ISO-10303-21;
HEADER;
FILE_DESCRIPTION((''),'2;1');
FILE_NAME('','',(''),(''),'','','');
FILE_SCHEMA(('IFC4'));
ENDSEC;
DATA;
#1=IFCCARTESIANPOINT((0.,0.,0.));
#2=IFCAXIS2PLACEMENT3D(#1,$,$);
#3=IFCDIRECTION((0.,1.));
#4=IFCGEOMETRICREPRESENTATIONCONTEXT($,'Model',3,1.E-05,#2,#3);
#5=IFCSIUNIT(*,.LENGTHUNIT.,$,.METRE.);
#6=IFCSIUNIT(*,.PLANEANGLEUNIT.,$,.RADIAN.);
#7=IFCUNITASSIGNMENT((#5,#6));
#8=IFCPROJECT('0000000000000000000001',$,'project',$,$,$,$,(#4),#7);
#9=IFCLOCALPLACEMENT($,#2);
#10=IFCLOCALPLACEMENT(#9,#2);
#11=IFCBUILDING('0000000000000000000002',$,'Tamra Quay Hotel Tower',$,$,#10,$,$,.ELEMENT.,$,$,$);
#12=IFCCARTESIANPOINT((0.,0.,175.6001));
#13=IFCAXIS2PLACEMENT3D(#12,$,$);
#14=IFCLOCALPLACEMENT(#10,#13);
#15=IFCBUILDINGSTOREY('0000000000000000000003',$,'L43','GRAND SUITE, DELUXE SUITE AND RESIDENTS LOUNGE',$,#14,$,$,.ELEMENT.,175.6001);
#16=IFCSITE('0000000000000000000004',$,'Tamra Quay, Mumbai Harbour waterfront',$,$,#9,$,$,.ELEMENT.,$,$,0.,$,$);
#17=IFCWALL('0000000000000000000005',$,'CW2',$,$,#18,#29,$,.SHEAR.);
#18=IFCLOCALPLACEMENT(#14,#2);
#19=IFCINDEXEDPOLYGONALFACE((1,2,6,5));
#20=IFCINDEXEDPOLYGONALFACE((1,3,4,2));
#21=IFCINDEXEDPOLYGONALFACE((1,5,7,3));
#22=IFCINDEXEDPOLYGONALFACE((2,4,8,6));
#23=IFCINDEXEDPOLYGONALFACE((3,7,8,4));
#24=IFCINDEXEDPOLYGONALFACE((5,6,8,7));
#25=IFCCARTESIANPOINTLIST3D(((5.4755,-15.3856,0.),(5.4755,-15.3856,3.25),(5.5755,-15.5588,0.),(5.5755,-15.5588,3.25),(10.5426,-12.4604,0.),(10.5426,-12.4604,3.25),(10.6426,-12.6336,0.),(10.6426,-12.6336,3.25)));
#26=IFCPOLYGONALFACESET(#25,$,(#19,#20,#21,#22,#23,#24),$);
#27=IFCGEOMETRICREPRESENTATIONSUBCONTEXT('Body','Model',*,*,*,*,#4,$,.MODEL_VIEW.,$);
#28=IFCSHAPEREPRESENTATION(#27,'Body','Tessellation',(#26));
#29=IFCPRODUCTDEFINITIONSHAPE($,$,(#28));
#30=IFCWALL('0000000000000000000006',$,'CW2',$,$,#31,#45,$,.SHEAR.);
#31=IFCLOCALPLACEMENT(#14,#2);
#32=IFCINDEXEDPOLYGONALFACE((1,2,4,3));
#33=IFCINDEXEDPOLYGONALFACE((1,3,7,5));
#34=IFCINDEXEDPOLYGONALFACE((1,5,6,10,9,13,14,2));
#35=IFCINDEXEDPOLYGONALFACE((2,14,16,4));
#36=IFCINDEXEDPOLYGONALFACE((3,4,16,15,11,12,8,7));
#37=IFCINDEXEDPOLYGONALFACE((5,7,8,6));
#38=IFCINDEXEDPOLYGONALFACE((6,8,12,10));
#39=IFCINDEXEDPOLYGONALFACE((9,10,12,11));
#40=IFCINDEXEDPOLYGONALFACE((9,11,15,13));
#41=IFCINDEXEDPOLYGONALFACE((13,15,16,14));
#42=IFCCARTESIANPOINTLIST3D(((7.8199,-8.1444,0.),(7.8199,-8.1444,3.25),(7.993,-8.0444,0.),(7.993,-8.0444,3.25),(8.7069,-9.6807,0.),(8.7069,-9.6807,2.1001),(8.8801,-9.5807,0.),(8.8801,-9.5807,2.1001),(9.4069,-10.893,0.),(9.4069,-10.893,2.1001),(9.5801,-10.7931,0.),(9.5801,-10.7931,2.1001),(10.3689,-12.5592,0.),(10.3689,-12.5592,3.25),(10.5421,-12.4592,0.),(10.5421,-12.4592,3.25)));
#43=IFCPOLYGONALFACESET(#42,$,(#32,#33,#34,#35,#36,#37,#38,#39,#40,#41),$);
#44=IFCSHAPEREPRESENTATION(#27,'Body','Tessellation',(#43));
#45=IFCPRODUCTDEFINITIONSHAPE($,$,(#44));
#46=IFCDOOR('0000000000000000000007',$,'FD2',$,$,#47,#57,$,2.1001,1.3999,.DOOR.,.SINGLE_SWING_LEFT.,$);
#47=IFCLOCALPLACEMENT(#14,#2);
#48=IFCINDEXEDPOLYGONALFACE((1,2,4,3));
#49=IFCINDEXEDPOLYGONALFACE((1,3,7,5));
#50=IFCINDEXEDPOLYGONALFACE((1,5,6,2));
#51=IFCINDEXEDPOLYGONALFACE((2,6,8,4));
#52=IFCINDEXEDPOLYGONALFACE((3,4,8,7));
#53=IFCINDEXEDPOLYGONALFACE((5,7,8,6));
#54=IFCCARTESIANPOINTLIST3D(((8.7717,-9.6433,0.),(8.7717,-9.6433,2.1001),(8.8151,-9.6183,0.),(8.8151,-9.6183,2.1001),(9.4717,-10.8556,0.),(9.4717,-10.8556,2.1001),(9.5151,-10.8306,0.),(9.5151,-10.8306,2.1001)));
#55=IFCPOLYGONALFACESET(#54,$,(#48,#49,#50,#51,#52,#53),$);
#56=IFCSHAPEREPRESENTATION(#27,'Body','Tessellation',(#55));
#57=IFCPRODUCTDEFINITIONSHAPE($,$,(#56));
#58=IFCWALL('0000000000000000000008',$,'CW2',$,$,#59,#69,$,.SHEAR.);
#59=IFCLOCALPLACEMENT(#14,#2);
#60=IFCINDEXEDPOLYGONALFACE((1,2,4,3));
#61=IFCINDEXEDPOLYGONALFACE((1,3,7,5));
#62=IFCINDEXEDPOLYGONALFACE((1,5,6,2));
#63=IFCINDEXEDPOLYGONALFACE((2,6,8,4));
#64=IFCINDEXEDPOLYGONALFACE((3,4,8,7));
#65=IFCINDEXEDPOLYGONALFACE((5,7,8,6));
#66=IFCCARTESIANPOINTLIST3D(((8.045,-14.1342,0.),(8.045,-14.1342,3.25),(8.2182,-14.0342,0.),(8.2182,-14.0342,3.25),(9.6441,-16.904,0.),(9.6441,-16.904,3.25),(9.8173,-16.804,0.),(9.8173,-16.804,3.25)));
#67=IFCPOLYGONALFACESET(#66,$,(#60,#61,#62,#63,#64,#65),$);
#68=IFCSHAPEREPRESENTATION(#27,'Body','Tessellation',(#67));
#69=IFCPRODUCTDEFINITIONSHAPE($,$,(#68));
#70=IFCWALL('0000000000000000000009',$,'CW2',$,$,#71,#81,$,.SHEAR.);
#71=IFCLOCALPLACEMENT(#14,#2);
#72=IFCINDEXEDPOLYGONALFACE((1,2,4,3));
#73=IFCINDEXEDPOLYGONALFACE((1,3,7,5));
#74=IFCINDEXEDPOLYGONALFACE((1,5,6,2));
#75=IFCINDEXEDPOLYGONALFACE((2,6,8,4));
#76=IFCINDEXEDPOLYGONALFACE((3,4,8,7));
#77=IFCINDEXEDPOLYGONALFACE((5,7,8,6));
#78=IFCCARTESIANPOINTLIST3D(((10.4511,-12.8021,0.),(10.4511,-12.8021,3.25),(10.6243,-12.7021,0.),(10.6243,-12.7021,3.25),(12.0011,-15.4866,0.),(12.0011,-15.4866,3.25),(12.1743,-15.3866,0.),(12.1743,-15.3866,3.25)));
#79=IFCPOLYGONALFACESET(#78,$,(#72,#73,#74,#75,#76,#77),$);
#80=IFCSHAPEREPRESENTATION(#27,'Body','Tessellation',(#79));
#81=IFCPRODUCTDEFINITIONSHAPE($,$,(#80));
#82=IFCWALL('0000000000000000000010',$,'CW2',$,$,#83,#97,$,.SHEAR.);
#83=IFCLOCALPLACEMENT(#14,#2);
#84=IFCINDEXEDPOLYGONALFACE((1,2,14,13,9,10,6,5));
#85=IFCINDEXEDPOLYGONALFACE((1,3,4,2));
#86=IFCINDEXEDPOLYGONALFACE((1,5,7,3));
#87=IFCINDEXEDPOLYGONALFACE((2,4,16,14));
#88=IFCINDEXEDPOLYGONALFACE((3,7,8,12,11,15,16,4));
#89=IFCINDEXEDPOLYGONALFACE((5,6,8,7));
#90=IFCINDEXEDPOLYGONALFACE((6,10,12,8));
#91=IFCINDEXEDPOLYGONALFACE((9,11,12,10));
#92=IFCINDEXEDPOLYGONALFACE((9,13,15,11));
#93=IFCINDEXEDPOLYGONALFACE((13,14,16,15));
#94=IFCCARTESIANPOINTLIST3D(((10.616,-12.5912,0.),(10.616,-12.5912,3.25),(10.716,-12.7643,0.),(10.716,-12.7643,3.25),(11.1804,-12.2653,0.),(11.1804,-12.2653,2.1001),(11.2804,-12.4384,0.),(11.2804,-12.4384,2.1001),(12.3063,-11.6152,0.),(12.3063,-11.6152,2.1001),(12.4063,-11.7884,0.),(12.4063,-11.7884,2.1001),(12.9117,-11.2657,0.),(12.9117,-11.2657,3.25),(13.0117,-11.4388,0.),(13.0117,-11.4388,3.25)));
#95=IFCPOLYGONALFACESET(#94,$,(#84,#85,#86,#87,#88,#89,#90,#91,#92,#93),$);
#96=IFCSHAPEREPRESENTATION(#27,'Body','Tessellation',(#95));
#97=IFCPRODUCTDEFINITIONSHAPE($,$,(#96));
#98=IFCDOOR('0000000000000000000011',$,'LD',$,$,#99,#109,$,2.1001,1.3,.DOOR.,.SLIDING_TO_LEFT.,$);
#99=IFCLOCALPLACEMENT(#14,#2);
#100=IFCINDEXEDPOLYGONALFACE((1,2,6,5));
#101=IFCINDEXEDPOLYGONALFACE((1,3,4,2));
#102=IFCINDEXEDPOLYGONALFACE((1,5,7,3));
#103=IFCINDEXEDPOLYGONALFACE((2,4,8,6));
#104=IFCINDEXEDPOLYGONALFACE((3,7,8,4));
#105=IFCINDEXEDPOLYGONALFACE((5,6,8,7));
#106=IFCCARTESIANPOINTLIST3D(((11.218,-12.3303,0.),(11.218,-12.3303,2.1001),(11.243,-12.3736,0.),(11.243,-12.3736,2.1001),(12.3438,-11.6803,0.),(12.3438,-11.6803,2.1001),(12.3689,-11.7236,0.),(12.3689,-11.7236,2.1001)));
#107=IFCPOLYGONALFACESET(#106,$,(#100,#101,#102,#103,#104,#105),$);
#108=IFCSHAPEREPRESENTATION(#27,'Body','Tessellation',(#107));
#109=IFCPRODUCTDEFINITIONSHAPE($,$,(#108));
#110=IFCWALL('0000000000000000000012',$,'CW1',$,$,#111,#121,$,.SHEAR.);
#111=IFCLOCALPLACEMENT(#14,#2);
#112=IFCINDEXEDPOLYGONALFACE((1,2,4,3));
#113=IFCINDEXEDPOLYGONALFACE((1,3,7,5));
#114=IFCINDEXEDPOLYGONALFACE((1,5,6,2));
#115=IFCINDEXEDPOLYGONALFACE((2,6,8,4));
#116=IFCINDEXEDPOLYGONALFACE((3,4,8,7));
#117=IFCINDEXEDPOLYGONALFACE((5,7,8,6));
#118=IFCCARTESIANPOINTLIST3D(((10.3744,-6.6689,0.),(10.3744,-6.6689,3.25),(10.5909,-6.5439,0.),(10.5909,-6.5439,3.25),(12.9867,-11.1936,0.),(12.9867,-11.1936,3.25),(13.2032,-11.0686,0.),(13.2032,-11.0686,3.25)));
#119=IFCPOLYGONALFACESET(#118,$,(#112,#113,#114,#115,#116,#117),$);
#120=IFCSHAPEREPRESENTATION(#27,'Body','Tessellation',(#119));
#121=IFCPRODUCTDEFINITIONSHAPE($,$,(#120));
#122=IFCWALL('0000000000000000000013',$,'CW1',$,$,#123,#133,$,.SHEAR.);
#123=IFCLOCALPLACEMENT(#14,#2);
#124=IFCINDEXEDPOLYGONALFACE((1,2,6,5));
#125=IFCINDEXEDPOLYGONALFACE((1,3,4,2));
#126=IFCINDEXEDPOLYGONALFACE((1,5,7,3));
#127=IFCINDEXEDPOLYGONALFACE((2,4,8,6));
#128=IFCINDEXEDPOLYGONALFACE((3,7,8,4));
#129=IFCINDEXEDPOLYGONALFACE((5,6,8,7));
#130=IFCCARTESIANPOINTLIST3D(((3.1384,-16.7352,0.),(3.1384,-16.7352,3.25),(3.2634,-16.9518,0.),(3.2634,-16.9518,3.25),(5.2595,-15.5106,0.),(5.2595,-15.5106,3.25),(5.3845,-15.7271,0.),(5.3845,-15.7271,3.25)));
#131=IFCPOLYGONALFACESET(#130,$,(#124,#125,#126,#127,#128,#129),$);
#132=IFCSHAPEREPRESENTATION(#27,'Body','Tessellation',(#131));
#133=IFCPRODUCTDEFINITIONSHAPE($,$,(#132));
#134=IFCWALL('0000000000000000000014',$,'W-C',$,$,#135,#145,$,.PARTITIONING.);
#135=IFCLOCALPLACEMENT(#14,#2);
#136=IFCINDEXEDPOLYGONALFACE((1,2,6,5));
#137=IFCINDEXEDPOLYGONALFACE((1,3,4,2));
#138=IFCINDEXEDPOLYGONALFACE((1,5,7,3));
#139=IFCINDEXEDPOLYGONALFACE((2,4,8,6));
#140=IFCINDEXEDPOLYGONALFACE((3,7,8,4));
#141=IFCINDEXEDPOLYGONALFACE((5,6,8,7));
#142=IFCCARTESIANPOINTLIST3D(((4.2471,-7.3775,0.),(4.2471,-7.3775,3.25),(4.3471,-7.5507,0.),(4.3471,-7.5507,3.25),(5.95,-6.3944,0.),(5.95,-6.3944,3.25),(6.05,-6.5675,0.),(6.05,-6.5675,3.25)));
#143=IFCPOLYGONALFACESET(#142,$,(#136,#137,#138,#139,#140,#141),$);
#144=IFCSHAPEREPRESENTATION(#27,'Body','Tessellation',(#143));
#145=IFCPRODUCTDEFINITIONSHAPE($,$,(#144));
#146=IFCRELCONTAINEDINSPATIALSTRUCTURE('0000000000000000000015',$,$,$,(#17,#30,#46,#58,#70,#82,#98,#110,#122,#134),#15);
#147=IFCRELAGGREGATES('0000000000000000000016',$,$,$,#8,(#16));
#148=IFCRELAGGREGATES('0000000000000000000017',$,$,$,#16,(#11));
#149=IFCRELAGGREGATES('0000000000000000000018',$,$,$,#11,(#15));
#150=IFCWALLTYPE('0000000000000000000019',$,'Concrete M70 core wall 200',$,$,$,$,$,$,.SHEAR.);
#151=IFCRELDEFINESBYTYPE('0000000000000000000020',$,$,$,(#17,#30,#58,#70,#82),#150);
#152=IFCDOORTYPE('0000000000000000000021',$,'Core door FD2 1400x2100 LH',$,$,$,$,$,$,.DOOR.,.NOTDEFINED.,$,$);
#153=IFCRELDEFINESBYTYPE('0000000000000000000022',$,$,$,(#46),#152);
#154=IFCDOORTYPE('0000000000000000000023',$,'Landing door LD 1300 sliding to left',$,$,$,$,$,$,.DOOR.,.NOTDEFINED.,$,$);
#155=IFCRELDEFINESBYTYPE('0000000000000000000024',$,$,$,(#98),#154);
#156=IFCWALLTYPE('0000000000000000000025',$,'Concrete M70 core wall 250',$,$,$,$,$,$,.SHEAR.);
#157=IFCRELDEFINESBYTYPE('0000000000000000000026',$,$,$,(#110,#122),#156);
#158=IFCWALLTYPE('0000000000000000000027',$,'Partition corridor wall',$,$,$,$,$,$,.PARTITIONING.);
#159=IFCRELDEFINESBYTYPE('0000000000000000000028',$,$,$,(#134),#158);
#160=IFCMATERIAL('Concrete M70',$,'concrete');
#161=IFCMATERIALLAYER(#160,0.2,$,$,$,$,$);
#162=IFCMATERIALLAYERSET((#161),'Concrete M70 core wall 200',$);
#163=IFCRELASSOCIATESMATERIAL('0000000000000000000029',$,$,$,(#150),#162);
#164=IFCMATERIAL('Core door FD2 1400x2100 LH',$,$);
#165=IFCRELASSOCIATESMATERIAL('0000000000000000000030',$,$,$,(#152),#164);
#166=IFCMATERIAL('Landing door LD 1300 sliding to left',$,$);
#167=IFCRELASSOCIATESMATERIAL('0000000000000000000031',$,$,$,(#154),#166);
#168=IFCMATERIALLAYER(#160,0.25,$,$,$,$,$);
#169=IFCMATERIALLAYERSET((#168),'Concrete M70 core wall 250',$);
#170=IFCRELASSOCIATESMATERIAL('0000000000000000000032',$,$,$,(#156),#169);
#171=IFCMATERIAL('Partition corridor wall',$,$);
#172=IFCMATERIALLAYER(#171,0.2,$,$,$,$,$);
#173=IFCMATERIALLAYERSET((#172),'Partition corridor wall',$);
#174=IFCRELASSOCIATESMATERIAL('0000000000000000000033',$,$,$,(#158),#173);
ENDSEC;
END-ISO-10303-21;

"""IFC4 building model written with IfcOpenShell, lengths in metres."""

from ifc_helpers import new_model, si_unit, direction, frame, frame_2d, origin, place, context, subcontext, project, spatial, rectangle, extrude, material, layer, layer_set, type_object, element, fill, save


model = new_model("IFC4")

# Units and contexts
model_context = context("Model", 3, precision=1e-05, world=origin(), true_north=direction((0.0, 1.0)))
body_context = subcontext(model_context, "Body", "Model", "MODEL_VIEW")
ifc_project = project(units=[si_unit("LENGTHUNIT", "METRE"), si_unit("PLANEANGLEUNIT", "RADIAN")], contexts=[model_context])

# Site, building, storey
site_placement = place(None, origin())
site = spatial("IfcSite", under=ifc_project, at=site_placement, Name="Tamra Quay, Mumbai Harbour waterfront", CompositionType="ELEMENT", RefElevation=0.0)
building_placement = place(site_placement, origin())
building = spatial("IfcBuilding", under=site, at=building_placement, Name="Tamra Quay Hotel Tower", CompositionType="ELEMENT")
storey_placement = place(building_placement, frame((0.0, 0.0, 175.6001)))
storey = spatial("IfcBuildingStorey", under=building, at=storey_placement, Name="L43", Description="GRAND SUITE, DELUXE SUITE AND RESIDENTS LOUNGE", CompositionType="ELEMENT", Elevation=175.6001)

# Wall
ifc_material_1 = material(Name="Concrete M70", Category="concrete")
ifc_layer_1 = layer(ifc_material_1, 0.2)
ifc_layer_set_1 = layer_set([ifc_layer_1], Name="Concrete M70 core wall 200")
wall_type_1 = type_object("IfcWallType", Name="Concrete M70 core wall 200", PredefinedType="SHEAR", material=ifc_layer_set_1)
wall_1_placement = place(storey_placement, frame((5.5256, -15.4722, 0.0), z_axis=(0.0, 0.0, 1.0), x_axis=(0.866042, 0.499972, 0.0)))
element("IfcWall", 1, at=wall_1_placement, inside=storey, type_object=wall_type_1, Name="CW2", PredefinedType="SHEAR", context=body_context, shape_type="SweptSolid", body=[
    extrude(rectangle(XDim=5.8508, YDim=0.2, at=frame_2d((2.9253, 0.0))), origin(), (0.0, 0.0, 1.0), 3.25),
])

# Wall, opening, door
wall_2_placement = place(storey_placement, frame((7.9065, -8.0945, 0.0), z_axis=(0.0, 0.0, 1.0), x_axis=(0.500028, -0.866009, 0.0)))
wall_2 = element("IfcWall", 2, at=wall_2_placement, inside=storey, type_object=wall_type_1, Name="CW2", PredefinedType="SHEAR", context=body_context, shape_type="SweptSolid", body=[
    extrude(rectangle(XDim=5.0979, YDim=0.2, at=frame_2d((2.5488, 0.0))), origin(), (0.0, 0.0, 1.0), 3.25),
])
opening_1_placement = place(wall_2_placement, frame((1.7739, 0.0, 0.0)))
opening_1 = element("IfcOpeningElement", 3, at=opening_1_placement, cuts=wall_2, PredefinedType="OPENING", context=body_context, shape_type="SweptSolid", body=[
    extrude(rectangle(XDim=1.3999, YDim=2.1001, at=frame_2d((0.7, 1.05))), frame((0.0, 0.1099, 0.0), z_axis=(0.0, -1.0, 0.0), x_axis=(1.0, 0.0, 0.0)), (0.0, 0.0, 1.0), 0.22),
])
ifc_material_2 = material(Name="Core door FD2 1400x2100 LH")
door_type_1 = type_object("IfcDoorType", Name="Core door FD2 1400x2100 LH", OperationType="NOTDEFINED", PredefinedType="DOOR", material=ifc_material_2)
door_1_placement = place(opening_1_placement, origin())
door_1 = element("IfcDoor", 4, at=door_1_placement, inside=storey, type_object=door_type_1, Name="FD2", OperationType="SINGLE_SWING_LEFT", OverallHeight=2.1001, OverallWidth=1.3999, PredefinedType="DOOR", context=body_context, shape_type="SweptSolid", body=[
    extrude(rectangle(XDim=1.3999, YDim=2.1001, at=frame_2d((0.7, 1.05))), frame((0.0, 0.0249, 0.0), z_axis=(0.0, -1.0, 0.0), x_axis=(1.0, 0.0, 0.0)), (0.0, 0.0, 1.0), 0.05),
])
fill(opening_1, door_1)

# Walls
wall_3_placement = place(storey_placement, frame((8.1316, -14.0842, 0.0), z_axis=(0.0, 0.0, 1.0), x_axis=(0.499998, -0.866027, 0.0)))
element("IfcWall", 5, at=wall_3_placement, inside=storey, type_object=wall_type_1, Name="CW2", PredefinedType="SHEAR", context=body_context, shape_type="SweptSolid", body=[
    extrude(rectangle(XDim=3.1982, YDim=0.2, at=frame_2d((1.5991, 0.0))), origin(), (0.0, 0.0, 1.0), 3.25),
])
wall_4_placement = place(storey_placement, frame((12.0876, -15.4365, 0.0), z_axis=(0.0, 0.0, 1.0), x_axis=(-0.500027, 0.86601, 0.0)))
element("IfcWall", 6, at=wall_4_placement, inside=storey, type_object=wall_type_1, Name="CW2", PredefinedType="SHEAR", context=body_context, shape_type="SweptSolid", body=[
    extrude(rectangle(XDim=3.0999, YDim=0.2, at=frame_2d((1.5498, 0.0))), origin(), (0.0, 0.0, 1.0), 3.25),
])

# Wall, opening, door
wall_5_placement = place(storey_placement, frame((10.666, -12.6777, 0.0), z_axis=(0.0, 0.0, 1.0), x_axis=(0.866018, 0.500012, 0.0)))
wall_5 = element("IfcWall", 7, at=wall_5_placement, inside=storey, type_object=wall_type_1, Name="CW2", PredefinedType="SHEAR", context=body_context, shape_type="SweptSolid", body=[
    extrude(rectangle(XDim=2.6509, YDim=0.2, at=frame_2d((1.3254, 0.0))), origin(), (0.0, 0.0, 1.0), 3.25),
])
opening_2_placement = place(wall_5_placement, frame((0.6519, 0.0, 0.0)))
opening_2 = element("IfcOpeningElement", 8, at=opening_2_placement, cuts=wall_5, PredefinedType="OPENING", context=body_context, shape_type="SweptSolid", body=[
    extrude(rectangle(XDim=1.3, YDim=2.1001, at=frame_2d((0.6499, 1.05))), frame((0.0, 0.1099, 0.0), z_axis=(0.0, -1.0, 0.0), x_axis=(1.0, 0.0, 0.0)), (0.0, 0.0, 1.0), 0.22),
])
ifc_material_3 = material(Name="Landing door LD 1300 sliding to left")
door_type_2 = type_object("IfcDoorType", Name="Landing door LD 1300 sliding to left", OperationType="NOTDEFINED", PredefinedType="DOOR", material=ifc_material_3)
door_2_placement = place(opening_2_placement, origin())
door_2 = element("IfcDoor", 9, at=door_2_placement, inside=storey, type_object=door_type_2, Name="LD", OperationType="SLIDING_TO_LEFT", OverallHeight=2.1001, OverallWidth=1.3, PredefinedType="DOOR", context=body_context, shape_type="SweptSolid", body=[
    extrude(rectangle(XDim=1.3, YDim=2.1001, at=frame_2d((0.6499, 1.05))), frame((0.0, 0.0249, 0.0), z_axis=(0.0, -1.0, 0.0), x_axis=(1.0, 0.0, 0.0)), (0.0, 0.0, 1.0), 0.05),
])
fill(opening_2, door_2)

# Walls
ifc_layer_2 = layer(ifc_material_1, 0.25)
ifc_layer_set_2 = layer_set([ifc_layer_2], Name="Concrete M70 core wall 250")
wall_type_2 = type_object("IfcWallType", Name="Concrete M70 core wall 250", PredefinedType="SHEAR", material=ifc_layer_set_2)
wall_6_placement = place(storey_placement, frame((10.4827, -6.6064, 0.0), z_axis=(0.0, 0.0, 1.0), x_axis=(0.499999, -0.866026, 0.0)))
element("IfcWall", 10, at=wall_6_placement, inside=storey, type_object=wall_type_2, Name="CW1", PredefinedType="SHEAR", context=body_context, shape_type="SweptSolid", body=[
    extrude(rectangle(XDim=5.2246, YDim=0.25, at=frame_2d((2.6123, 0.0))), origin(), (0.0, 0.0, 1.0), 3.25),
])
wall_7_placement = place(storey_placement, frame((5.322, -15.6189, 0.0), z_axis=(0.0, 0.0, 1.0), x_axis=(-0.866026, -0.499999, 0.0)))
element("IfcWall", 11, at=wall_7_placement, inside=storey, type_object=wall_type_2, Name="CW1", PredefinedType="SHEAR", context=body_context, shape_type="SweptSolid", body=[
    extrude(rectangle(XDim=2.4492, YDim=0.25, at=frame_2d((1.2246, 0.0))), origin(), (0.0, 0.0, 1.0), 3.25),
])
ifc_material_4 = material(Name="Partition corridor wall")
ifc_layer_3 = layer(ifc_material_4, 0.2)
ifc_layer_set_3 = layer_set([ifc_layer_3], Name="Partition corridor wall")
wall_type_3 = type_object("IfcWallType", Name="Partition corridor wall", PredefinedType="PARTITIONING", material=ifc_layer_set_3)
wall_8_placement = place(storey_placement, frame((4.2971, -7.4641, 0.0), z_axis=(0.0, 0.0, 1.0), x_axis=(0.866026, 0.499998, 0.0)))
element("IfcWall", 12, at=wall_8_placement, inside=storey, type_object=wall_type_3, Name="W-C", PredefinedType="PARTITIONING", context=body_context, shape_type="SweptSolid", body=[
    extrude(rectangle(XDim=1.9663, YDim=0.2, at=frame_2d((0.9832, 0.0))), origin(), (0.0, 0.0, 1.0), 3.25),
])

save(model, "model.ifc")
